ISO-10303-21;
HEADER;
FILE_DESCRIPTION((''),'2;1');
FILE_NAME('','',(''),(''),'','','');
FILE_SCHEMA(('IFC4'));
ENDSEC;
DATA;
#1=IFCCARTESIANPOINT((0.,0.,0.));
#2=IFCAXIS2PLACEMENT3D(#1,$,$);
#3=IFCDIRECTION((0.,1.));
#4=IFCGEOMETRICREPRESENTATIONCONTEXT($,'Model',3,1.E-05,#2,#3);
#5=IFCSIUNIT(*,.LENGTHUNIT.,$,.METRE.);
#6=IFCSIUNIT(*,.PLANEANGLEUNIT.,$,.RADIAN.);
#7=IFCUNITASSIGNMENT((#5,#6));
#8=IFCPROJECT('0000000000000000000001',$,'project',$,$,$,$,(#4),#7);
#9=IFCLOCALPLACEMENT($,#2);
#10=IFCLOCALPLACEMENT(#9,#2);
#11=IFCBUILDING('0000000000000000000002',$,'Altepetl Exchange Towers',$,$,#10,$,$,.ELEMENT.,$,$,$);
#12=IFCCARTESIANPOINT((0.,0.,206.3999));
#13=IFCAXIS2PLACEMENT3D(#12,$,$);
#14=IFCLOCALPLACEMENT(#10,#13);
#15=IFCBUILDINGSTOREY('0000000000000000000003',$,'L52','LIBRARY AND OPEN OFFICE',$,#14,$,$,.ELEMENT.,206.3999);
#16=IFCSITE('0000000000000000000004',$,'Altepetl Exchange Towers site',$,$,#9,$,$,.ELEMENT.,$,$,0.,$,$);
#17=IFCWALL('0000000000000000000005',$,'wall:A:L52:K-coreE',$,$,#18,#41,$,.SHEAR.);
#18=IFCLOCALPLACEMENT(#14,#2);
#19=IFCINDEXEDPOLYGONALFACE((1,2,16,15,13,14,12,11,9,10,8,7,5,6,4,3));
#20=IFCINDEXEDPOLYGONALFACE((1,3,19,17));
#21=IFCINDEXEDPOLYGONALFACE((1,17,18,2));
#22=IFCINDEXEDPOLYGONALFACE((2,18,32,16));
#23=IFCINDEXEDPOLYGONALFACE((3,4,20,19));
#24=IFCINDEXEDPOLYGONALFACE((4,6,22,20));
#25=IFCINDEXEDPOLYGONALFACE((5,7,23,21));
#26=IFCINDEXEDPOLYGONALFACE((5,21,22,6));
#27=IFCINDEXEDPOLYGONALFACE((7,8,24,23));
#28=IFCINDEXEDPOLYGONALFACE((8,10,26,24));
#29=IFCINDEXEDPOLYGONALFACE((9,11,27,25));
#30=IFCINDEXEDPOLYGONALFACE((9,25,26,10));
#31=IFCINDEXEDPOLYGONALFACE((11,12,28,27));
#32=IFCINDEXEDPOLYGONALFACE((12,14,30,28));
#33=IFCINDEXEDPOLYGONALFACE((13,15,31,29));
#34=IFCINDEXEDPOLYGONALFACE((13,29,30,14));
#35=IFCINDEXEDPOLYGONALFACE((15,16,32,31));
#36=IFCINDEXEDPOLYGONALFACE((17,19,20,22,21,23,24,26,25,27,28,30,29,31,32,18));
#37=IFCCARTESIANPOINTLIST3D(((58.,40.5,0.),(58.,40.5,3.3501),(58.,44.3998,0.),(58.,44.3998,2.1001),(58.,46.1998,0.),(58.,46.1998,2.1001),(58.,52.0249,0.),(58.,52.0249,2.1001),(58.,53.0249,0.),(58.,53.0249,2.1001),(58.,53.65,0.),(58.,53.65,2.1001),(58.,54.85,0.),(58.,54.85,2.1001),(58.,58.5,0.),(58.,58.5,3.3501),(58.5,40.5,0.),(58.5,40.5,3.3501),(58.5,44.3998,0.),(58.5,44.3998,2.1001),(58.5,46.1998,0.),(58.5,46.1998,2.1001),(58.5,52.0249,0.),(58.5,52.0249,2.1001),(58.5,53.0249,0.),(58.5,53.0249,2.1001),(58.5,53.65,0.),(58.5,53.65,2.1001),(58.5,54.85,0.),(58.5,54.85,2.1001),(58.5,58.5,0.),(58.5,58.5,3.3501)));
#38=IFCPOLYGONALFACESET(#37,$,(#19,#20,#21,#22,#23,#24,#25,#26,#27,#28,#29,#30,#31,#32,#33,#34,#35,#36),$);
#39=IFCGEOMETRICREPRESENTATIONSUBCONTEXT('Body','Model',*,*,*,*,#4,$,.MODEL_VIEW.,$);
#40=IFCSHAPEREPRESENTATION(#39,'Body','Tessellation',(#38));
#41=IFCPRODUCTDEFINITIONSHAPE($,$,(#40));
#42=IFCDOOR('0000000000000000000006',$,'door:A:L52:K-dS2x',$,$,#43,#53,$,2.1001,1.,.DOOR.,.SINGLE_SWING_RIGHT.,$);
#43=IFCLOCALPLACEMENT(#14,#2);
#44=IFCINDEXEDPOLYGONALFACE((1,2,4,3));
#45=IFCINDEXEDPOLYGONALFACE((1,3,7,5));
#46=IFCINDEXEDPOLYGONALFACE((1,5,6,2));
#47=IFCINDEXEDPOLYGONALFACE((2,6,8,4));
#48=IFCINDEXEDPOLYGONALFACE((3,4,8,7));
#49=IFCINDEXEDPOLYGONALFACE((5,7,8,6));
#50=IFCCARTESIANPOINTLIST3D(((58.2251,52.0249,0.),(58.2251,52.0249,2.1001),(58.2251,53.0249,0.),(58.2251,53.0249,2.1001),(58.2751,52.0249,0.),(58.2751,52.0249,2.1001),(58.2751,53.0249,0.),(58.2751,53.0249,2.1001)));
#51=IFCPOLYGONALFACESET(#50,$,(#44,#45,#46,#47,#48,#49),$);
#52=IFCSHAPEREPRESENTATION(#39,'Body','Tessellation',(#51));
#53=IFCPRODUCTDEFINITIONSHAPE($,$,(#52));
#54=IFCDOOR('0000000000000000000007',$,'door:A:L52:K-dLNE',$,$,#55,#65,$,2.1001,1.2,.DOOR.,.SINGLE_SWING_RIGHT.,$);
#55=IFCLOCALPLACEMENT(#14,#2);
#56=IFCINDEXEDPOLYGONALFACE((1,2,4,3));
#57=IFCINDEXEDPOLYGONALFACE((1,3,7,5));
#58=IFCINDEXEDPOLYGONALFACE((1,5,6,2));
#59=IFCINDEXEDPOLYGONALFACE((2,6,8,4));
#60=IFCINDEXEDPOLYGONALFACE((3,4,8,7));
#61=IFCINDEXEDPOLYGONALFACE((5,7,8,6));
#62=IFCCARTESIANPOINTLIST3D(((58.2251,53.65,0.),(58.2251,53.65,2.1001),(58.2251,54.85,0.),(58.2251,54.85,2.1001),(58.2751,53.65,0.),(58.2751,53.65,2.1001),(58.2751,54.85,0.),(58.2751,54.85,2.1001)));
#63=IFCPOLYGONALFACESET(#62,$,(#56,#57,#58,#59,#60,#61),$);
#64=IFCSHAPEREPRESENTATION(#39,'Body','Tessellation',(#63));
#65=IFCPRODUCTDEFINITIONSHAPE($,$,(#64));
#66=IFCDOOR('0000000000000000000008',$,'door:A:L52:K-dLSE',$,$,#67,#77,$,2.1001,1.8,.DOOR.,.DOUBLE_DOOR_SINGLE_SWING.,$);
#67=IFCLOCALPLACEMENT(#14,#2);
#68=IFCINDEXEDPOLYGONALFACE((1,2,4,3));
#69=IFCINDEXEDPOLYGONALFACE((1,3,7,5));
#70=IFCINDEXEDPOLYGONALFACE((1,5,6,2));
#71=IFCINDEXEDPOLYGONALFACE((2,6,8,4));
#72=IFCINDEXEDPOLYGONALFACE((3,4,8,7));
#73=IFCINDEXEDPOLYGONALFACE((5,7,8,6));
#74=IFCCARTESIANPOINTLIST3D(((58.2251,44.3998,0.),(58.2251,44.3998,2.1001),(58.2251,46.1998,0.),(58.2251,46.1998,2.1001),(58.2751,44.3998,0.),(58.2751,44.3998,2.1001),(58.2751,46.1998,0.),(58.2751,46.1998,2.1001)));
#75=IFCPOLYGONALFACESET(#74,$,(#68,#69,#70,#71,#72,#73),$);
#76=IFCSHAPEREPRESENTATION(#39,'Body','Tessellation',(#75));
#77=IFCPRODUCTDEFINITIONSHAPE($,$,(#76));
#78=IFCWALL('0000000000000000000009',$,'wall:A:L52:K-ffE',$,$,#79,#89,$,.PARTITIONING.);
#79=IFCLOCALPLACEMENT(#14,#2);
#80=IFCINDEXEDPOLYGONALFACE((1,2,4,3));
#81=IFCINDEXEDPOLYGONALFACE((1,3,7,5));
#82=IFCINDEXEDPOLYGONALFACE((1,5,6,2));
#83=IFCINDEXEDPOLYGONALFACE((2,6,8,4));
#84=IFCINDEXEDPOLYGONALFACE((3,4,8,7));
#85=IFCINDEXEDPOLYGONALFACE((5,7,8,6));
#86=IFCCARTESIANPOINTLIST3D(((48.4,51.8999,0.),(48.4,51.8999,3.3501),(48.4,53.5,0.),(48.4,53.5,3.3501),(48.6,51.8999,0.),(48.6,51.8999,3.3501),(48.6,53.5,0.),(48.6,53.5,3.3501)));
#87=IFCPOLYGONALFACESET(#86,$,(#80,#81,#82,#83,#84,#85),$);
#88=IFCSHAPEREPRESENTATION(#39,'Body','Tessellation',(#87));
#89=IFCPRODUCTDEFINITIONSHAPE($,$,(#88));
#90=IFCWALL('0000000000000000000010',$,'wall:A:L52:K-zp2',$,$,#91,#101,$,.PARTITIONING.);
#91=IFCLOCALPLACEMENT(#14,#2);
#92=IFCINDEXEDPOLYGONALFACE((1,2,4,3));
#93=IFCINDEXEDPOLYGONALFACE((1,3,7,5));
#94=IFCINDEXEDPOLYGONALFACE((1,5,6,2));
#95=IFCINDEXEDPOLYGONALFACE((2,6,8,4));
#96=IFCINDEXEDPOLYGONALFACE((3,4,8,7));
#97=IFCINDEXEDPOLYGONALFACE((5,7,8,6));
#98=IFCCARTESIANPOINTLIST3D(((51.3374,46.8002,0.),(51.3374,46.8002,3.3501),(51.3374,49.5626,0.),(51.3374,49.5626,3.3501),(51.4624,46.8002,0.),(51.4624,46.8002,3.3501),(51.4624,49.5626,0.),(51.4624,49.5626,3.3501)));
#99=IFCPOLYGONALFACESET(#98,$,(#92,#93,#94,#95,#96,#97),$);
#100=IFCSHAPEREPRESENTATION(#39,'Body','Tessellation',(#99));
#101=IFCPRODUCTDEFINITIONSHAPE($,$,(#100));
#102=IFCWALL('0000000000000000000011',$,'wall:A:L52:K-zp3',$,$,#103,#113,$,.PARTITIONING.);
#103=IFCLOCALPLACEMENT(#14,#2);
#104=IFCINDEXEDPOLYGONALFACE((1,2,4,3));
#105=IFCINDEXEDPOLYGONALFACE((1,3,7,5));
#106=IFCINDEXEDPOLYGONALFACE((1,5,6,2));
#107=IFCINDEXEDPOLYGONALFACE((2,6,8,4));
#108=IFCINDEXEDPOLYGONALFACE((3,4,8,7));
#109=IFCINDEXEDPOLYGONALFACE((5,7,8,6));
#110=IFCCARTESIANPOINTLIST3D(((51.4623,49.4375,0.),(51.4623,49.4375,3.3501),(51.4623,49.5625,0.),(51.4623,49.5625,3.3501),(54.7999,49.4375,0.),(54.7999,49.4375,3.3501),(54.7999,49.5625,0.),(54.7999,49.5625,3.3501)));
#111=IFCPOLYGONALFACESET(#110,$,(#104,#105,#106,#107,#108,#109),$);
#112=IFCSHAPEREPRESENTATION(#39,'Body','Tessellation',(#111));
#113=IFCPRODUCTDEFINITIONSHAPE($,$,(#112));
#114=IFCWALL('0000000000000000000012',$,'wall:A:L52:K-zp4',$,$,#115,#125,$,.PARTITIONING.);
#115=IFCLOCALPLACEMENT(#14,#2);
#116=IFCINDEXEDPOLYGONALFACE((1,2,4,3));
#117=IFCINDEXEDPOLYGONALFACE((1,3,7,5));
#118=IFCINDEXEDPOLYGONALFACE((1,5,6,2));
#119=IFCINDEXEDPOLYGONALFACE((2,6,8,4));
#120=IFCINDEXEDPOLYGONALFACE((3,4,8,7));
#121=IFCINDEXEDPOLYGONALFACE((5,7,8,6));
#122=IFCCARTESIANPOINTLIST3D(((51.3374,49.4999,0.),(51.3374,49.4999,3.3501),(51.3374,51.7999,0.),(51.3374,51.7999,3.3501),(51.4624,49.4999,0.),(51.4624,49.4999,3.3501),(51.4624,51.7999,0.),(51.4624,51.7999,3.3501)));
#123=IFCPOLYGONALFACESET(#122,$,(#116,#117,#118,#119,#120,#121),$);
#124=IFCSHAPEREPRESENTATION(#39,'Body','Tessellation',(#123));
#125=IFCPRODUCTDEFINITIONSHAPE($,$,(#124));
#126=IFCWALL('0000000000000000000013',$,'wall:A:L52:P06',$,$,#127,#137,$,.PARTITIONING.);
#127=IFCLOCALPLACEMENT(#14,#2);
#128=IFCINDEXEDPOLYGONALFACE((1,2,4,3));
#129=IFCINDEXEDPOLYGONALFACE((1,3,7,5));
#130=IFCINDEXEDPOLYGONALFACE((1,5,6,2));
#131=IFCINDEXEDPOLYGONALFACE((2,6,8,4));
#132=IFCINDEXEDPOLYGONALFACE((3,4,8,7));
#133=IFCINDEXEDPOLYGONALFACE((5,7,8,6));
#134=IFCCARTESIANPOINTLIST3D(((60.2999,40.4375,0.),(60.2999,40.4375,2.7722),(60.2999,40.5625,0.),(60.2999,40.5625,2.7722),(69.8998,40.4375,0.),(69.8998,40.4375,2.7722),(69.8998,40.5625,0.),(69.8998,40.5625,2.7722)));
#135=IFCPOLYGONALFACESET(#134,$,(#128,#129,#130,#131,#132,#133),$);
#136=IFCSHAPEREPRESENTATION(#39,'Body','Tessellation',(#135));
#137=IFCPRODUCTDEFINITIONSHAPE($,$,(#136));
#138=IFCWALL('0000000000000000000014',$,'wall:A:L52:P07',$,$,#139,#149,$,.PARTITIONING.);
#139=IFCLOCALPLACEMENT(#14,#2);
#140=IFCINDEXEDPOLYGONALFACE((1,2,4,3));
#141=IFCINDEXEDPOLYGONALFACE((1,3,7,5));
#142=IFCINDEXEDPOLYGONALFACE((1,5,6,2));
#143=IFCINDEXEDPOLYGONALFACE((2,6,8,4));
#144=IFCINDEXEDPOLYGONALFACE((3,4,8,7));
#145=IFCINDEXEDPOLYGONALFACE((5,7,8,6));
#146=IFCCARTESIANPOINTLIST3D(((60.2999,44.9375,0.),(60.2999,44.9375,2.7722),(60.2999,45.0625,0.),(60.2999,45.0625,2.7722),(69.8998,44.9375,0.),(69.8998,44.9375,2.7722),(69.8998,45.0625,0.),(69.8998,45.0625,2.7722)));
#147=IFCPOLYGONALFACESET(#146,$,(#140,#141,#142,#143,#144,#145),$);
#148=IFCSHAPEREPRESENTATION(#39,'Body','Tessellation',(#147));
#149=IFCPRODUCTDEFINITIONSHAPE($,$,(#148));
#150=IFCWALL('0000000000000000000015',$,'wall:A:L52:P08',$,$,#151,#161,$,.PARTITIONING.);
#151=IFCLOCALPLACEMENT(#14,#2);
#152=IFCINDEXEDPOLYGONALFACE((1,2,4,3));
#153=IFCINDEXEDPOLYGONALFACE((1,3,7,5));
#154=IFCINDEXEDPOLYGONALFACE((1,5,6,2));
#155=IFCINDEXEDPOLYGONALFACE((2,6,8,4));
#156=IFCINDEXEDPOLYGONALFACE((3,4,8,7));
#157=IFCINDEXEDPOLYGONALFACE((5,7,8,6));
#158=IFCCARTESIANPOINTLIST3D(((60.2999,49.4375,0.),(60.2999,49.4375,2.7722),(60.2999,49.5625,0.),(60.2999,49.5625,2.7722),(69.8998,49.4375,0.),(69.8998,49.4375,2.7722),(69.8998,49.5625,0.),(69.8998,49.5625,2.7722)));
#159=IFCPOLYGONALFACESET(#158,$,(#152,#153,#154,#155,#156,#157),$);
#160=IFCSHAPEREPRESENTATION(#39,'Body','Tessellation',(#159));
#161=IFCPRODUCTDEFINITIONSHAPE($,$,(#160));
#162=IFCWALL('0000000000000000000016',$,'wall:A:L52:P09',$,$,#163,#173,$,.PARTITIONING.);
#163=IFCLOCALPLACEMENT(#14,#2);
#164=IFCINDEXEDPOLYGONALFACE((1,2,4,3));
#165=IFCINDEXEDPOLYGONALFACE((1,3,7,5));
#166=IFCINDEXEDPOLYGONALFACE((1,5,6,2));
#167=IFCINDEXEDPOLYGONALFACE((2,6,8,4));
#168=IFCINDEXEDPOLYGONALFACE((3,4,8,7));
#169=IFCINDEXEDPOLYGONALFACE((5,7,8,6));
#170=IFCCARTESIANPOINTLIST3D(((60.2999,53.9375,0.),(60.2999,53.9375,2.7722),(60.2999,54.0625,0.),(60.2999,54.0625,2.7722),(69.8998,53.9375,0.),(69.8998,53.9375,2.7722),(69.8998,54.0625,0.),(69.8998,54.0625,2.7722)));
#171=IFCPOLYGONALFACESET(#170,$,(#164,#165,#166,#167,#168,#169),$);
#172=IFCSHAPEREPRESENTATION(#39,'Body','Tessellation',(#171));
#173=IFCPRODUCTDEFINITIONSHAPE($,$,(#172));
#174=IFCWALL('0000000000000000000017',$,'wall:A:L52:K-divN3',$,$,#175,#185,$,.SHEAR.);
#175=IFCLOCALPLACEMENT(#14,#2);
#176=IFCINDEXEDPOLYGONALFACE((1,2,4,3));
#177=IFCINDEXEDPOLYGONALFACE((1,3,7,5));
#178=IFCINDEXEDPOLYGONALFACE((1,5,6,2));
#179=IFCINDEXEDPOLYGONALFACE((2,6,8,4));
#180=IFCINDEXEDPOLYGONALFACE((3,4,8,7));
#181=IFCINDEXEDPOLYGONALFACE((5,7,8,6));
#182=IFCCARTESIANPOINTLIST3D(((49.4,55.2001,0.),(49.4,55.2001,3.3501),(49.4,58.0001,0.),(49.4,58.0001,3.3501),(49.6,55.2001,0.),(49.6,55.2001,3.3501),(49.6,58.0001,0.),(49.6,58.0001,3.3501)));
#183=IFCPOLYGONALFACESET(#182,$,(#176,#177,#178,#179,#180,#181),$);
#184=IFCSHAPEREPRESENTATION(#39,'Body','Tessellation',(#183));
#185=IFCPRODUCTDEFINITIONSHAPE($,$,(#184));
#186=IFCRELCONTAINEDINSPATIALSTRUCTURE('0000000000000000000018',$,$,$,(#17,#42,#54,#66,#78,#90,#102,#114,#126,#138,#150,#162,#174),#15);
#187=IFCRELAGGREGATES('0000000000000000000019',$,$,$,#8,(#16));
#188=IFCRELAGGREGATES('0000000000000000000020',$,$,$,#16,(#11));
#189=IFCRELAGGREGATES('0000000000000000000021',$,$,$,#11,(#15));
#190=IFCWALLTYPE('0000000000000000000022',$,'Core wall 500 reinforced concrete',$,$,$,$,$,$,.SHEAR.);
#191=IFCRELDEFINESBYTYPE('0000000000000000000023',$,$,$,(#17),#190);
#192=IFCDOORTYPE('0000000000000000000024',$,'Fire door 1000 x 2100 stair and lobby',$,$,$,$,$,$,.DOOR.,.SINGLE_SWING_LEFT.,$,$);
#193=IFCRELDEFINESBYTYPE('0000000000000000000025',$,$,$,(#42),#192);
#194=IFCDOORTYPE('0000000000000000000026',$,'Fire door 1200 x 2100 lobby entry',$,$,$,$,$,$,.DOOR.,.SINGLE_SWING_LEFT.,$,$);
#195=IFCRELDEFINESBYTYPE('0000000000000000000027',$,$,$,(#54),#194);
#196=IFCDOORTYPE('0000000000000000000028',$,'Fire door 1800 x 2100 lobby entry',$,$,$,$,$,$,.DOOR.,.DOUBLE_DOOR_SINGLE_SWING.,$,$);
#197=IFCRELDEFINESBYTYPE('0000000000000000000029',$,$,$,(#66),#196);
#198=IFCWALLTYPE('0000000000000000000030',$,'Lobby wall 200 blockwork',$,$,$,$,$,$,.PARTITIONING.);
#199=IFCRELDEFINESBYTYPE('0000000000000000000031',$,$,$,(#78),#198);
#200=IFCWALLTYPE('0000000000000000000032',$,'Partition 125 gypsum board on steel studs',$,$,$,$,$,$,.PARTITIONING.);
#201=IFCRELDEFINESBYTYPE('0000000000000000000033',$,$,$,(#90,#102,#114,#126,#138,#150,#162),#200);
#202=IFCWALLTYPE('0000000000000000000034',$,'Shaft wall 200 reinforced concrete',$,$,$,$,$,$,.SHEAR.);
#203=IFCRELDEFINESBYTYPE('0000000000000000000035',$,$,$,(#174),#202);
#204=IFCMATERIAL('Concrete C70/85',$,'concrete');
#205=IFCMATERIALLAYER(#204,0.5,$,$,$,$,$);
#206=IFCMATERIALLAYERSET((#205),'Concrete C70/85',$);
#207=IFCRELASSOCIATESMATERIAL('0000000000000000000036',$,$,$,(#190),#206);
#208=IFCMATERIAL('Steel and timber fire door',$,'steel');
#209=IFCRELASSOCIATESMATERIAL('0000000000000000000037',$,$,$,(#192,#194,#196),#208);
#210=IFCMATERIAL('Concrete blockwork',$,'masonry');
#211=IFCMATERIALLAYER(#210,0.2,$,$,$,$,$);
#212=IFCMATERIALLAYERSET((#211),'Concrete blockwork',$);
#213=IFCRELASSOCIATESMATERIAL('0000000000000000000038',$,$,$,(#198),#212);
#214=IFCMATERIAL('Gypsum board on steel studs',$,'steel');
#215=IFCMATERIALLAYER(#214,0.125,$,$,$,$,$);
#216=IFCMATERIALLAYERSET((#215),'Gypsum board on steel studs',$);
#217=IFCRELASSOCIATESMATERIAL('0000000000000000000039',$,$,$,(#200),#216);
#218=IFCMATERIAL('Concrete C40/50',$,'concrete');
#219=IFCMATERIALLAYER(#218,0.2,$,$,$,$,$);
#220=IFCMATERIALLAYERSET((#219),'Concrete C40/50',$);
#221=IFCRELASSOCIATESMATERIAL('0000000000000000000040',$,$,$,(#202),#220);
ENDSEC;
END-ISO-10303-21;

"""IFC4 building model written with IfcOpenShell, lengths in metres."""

from ifc_helpers import new_model, si_unit, direction, frame, frame_2d, origin, place, context, subcontext, project, spatial, rectangle, extrude, material, layer, layer_set, type_object, element, fill, save


model = new_model("IFC4")

# Units and contexts
model_context = context("Model", 3, precision=1e-05, world=origin(), true_north=direction((0.0, 1.0)))
body_context = subcontext(model_context, "Body", "Model", "MODEL_VIEW")
ifc_project = project(units=[si_unit("LENGTHUNIT", "METRE"), si_unit("PLANEANGLEUNIT", "RADIAN")], contexts=[model_context])

# Site, building, storey
site_placement = place(None, origin())
site = spatial("IfcSite", under=ifc_project, at=site_placement, Name="Altepetl Exchange Towers site", CompositionType="ELEMENT", RefElevation=0.0)
building_placement = place(site_placement, origin())
building = spatial("IfcBuilding", under=site, at=building_placement, Name="Altepetl Exchange Towers", CompositionType="ELEMENT")
storey_placement = place(building_placement, frame((0.0, 0.0, 206.3999)))
storey = spatial("IfcBuildingStorey", under=building, at=storey_placement, Name="L52", Description="LIBRARY AND OPEN OFFICE", CompositionType="ELEMENT", Elevation=206.3999)

# Wall, openings, doors
ifc_material_1 = material(Name="Concrete C70/85", Category="concrete")
ifc_layer_1 = layer(ifc_material_1, 0.5)
ifc_layer_set_1 = layer_set([ifc_layer_1], Name="Concrete C70/85")
wall_type_1 = type_object("IfcWallType", Name="Core wall 500 reinforced concrete", PredefinedType="SHEAR", material=ifc_layer_set_1)
wall_1_placement = place(storey_placement, frame((58.25, 40.5, 0.0), z_axis=(0.0, 0.0, 1.0), x_axis=(0.0, 1.0, 0.0)))
wall_1 = element("IfcWall", 1, at=wall_1_placement, inside=storey, type_object=wall_type_1, Name="wall:A:L52:K-coreE", PredefinedType="SHEAR", context=body_context, shape_type="SweptSolid", body=[
    extrude(rectangle(XDim=18.0, YDim=0.5, at=frame_2d((9.0, 0.0))), origin(), (0.0, 0.0, 1.0), 3.3501),
])
opening_1_placement = place(wall_1_placement, frame((13.1499, 0.0, 0.0)))
opening_1 = element("IfcOpeningElement", 2, at=opening_1_placement, cuts=wall_1, PredefinedType="OPENING", context=body_context, shape_type="SweptSolid", body=[
    extrude(rectangle(XDim=1.2, YDim=2.1001, at=frame_2d((0.6001, 1.05))), frame((0.0, 0.26, 0.0), z_axis=(0.0, -1.0, 0.0), x_axis=(1.0, 0.0, 0.0)), (0.0, 0.0, 1.0), 0.52),
])
opening_2_placement = place(wall_1_placement, frame((3.8999, 0.0, 0.0)))
opening_2 = element("IfcOpeningElement", 3, at=opening_2_placement, cuts=wall_1, PredefinedType="OPENING", context=body_context, shape_type="SweptSolid", body=[
    extrude(rectangle(XDim=1.8, YDim=2.1001, at=frame_2d((0.8999, 1.05))), frame((0.0, 0.26, 0.0), z_axis=(0.0, -1.0, 0.0), x_axis=(1.0, 0.0, 0.0)), (0.0, 0.0, 1.0), 0.52),
])
opening_3_placement = place(wall_1_placement, frame((11.5249, 0.0, 0.0)))
opening_3 = element("IfcOpeningElement", 4, at=opening_3_placement, cuts=wall_1, PredefinedType="OPENING", context=body_context, shape_type="SweptSolid", body=[
    extrude(rectangle(XDim=1.0, YDim=2.1001, at=frame_2d((0.5, 1.05))), frame((0.0, 0.26, 0.0), z_axis=(0.0, -1.0, 0.0), x_axis=(1.0, 0.0, 0.0)), (0.0, 0.0, 1.0), 0.52),
])
ifc_material_2 = material(Name="Steel and timber fire door", Category="steel")
door_type_1 = type_object("IfcDoorType", Name="Fire door 1000 x 2100 stair and lobby", OperationType="SINGLE_SWING_LEFT", PredefinedType="DOOR", material=ifc_material_2)
door_1_placement = place(opening_3_placement, origin())
door_1 = element("IfcDoor", 5, at=door_1_placement, inside=storey, type_object=door_type_1, Name="door:A:L52:K-dS2x", OperationType="SINGLE_SWING_RIGHT", OverallHeight=2.1001, OverallWidth=1.0, PredefinedType="DOOR", context=body_context, shape_type="SweptSolid", body=[
    extrude(rectangle(XDim=1.0, YDim=2.1001, at=frame_2d((0.5, 1.05))), frame((0.0, 0.0249, 0.0), z_axis=(0.0, -1.0, 0.0), x_axis=(1.0, 0.0, 0.0)), (0.0, 0.0, 1.0), 0.05),
])
fill(opening_3, door_1)
door_type_2 = type_object("IfcDoorType", Name="Fire door 1200 x 2100 lobby entry", OperationType="SINGLE_SWING_LEFT", PredefinedType="DOOR", material=ifc_material_2)
door_2_placement = place(opening_1_placement, origin())
door_2 = element("IfcDoor", 6, at=door_2_placement, inside=storey, type_object=door_type_2, Name="door:A:L52:K-dLNE", OperationType="SINGLE_SWING_RIGHT", OverallHeight=2.1001, OverallWidth=1.2, PredefinedType="DOOR", context=body_context, shape_type="SweptSolid", body=[
    extrude(rectangle(XDim=1.2, YDim=2.1001, at=frame_2d((0.6001, 1.05))), frame((0.0, 0.0249, 0.0), z_axis=(0.0, -1.0, 0.0), x_axis=(1.0, 0.0, 0.0)), (0.0, 0.0, 1.0), 0.05),
])
fill(opening_1, door_2)
door_type_3 = type_object("IfcDoorType", Name="Fire door 1800 x 2100 lobby entry", OperationType="DOUBLE_DOOR_SINGLE_SWING", PredefinedType="DOOR", material=ifc_material_2)
door_3_placement = place(opening_2_placement, origin())
door_3 = element("IfcDoor", 7, at=door_3_placement, inside=storey, type_object=door_type_3, Name="door:A:L52:K-dLSE", OperationType="DOUBLE_DOOR_SINGLE_SWING", OverallHeight=2.1001, OverallWidth=1.8, PredefinedType="DOOR", context=body_context, shape_type="SweptSolid", body=[
    extrude(rectangle(XDim=1.8, YDim=2.1001, at=frame_2d((0.8999, 1.05))), frame((0.0, 0.0249, 0.0), z_axis=(0.0, -1.0, 0.0), x_axis=(1.0, 0.0, 0.0)), (0.0, 0.0, 1.0), 0.05),
])
fill(opening_2, door_3)

# Walls
ifc_material_3 = material(Name="Concrete blockwork", Category="masonry")
ifc_layer_2 = layer(ifc_material_3, 0.2)
ifc_layer_set_2 = layer_set([ifc_layer_2], Name="Concrete blockwork")
wall_type_2 = type_object("IfcWallType", Name="Lobby wall 200 blockwork", PredefinedType="PARTITIONING", material=ifc_layer_set_2)
wall_2_placement = place(storey_placement, frame((48.5, 51.8999, 0.0), z_axis=(0.0, 0.0, 1.0), x_axis=(0.0, 1.0, 0.0)))
element("IfcWall", 8, at=wall_2_placement, inside=storey, type_object=wall_type_2, Name="wall:A:L52:K-ffE", PredefinedType="PARTITIONING", context=body_context, shape_type="SweptSolid", body=[
    extrude(rectangle(XDim=1.6001, YDim=0.2, at=frame_2d((0.8, 0.0))), origin(), (0.0, 0.0, 1.0), 3.3501),
])
ifc_material_4 = material(Name="Gypsum board on steel studs", Category="steel")
ifc_layer_3 = layer(ifc_material_4, 0.125)
ifc_layer_set_3 = layer_set([ifc_layer_3], Name="Gypsum board on steel studs")
wall_type_3 = type_object("IfcWallType", Name="Partition 125 gypsum board on steel studs", PredefinedType="PARTITIONING", material=ifc_layer_set_3)
wall_3_placement = place(storey_placement, frame((51.3999, 46.8, 0.0), z_axis=(0.0, 0.0, 1.0), x_axis=(0.0, 1.0, 0.0)))
element("IfcWall", 9, at=wall_3_placement, inside=storey, type_object=wall_type_3, Name="wall:A:L52:K-zp2", PredefinedType="PARTITIONING", context=body_context, shape_type="SweptSolid", body=[
    extrude(rectangle(XDim=2.7625, YDim=0.125, at=frame_2d((1.3813, 0.0))), origin(), (0.0, 0.0, 1.0), 3.3501),
])
wall_4_placement = place(storey_placement, frame((54.8, 49.5, 0.0), z_axis=(0.0, 0.0, 1.0), x_axis=(-1.0, 0.0, 0.0)))
element("IfcWall", 10, at=wall_4_placement, inside=storey, type_object=wall_type_3, Name="wall:A:L52:K-zp3", PredefinedType="PARTITIONING", context=body_context, shape_type="SweptSolid", body=[
    extrude(rectangle(XDim=3.3376, YDim=0.125, at=frame_2d((1.6689, 0.0))), origin(), (0.0, 0.0, 1.0), 3.3501),
])
wall_5_placement = place(storey_placement, frame((51.3999, 49.5, 0.0), z_axis=(0.0, 0.0, 1.0), x_axis=(0.0, 1.0, 0.0)))
element("IfcWall", 11, at=wall_5_placement, inside=storey, type_object=wall_type_3, Name="wall:A:L52:K-zp4", PredefinedType="PARTITIONING", context=body_context, shape_type="SweptSolid", body=[
    extrude(rectangle(XDim=2.3, YDim=0.125, at=frame_2d((1.1499, 0.0))), origin(), (0.0, 0.0, 1.0), 3.3501),
])
for number, where, name in (
    (12, (60.3, 40.5, 0.0), "wall:A:L52:P06"),
    (13, (60.3, 45.0, 0.0), "wall:A:L52:P07"),
    (14, (60.3, 49.5, 0.0), "wall:A:L52:P08"),
    (15, (60.3, 54.0, 0.0), "wall:A:L52:P09"),
):
    element("IfcWall", number, at=place(storey_placement, frame(where)), inside=storey, type_object=wall_type_3, Name=name, PredefinedType="PARTITIONING", context=body_context, shape_type="SweptSolid", body=[
        extrude(rectangle(XDim=9.5999, YDim=0.125, at=frame_2d((4.7998, 0.0))), origin(), (0.0, 0.0, 1.0), 2.7722),
    ])
ifc_material_5 = material(Name="Concrete C40/50", Category="concrete")
ifc_layer_4 = layer(ifc_material_5, 0.2)
ifc_layer_set_4 = layer_set([ifc_layer_4], Name="Concrete C40/50")
wall_type_4 = type_object("IfcWallType", Name="Shaft wall 200 reinforced concrete", PredefinedType="SHEAR", material=ifc_layer_set_4)
for number, where, z_axis, x_axis, name in (
    (16, (49.5, 58.0, 0.0), (0.0, 0.0, 1.0), (0.0, -1.0, 0.0), "wall:A:L52:K-divN3"),
):
    element("IfcWall", number, at=place(storey_placement, frame(where, z_axis=z_axis, x_axis=x_axis)), inside=storey, type_object=wall_type_4, Name=name, PredefinedType="SHEAR", context=body_context, shape_type="SweptSolid", body=[
        extrude(rectangle(XDim=2.8, YDim=0.2, at=frame_2d((1.3999, 0.0))), origin(), (0.0, 0.0, 1.0), 3.3501),
    ])

save(model, "model.ifc")
